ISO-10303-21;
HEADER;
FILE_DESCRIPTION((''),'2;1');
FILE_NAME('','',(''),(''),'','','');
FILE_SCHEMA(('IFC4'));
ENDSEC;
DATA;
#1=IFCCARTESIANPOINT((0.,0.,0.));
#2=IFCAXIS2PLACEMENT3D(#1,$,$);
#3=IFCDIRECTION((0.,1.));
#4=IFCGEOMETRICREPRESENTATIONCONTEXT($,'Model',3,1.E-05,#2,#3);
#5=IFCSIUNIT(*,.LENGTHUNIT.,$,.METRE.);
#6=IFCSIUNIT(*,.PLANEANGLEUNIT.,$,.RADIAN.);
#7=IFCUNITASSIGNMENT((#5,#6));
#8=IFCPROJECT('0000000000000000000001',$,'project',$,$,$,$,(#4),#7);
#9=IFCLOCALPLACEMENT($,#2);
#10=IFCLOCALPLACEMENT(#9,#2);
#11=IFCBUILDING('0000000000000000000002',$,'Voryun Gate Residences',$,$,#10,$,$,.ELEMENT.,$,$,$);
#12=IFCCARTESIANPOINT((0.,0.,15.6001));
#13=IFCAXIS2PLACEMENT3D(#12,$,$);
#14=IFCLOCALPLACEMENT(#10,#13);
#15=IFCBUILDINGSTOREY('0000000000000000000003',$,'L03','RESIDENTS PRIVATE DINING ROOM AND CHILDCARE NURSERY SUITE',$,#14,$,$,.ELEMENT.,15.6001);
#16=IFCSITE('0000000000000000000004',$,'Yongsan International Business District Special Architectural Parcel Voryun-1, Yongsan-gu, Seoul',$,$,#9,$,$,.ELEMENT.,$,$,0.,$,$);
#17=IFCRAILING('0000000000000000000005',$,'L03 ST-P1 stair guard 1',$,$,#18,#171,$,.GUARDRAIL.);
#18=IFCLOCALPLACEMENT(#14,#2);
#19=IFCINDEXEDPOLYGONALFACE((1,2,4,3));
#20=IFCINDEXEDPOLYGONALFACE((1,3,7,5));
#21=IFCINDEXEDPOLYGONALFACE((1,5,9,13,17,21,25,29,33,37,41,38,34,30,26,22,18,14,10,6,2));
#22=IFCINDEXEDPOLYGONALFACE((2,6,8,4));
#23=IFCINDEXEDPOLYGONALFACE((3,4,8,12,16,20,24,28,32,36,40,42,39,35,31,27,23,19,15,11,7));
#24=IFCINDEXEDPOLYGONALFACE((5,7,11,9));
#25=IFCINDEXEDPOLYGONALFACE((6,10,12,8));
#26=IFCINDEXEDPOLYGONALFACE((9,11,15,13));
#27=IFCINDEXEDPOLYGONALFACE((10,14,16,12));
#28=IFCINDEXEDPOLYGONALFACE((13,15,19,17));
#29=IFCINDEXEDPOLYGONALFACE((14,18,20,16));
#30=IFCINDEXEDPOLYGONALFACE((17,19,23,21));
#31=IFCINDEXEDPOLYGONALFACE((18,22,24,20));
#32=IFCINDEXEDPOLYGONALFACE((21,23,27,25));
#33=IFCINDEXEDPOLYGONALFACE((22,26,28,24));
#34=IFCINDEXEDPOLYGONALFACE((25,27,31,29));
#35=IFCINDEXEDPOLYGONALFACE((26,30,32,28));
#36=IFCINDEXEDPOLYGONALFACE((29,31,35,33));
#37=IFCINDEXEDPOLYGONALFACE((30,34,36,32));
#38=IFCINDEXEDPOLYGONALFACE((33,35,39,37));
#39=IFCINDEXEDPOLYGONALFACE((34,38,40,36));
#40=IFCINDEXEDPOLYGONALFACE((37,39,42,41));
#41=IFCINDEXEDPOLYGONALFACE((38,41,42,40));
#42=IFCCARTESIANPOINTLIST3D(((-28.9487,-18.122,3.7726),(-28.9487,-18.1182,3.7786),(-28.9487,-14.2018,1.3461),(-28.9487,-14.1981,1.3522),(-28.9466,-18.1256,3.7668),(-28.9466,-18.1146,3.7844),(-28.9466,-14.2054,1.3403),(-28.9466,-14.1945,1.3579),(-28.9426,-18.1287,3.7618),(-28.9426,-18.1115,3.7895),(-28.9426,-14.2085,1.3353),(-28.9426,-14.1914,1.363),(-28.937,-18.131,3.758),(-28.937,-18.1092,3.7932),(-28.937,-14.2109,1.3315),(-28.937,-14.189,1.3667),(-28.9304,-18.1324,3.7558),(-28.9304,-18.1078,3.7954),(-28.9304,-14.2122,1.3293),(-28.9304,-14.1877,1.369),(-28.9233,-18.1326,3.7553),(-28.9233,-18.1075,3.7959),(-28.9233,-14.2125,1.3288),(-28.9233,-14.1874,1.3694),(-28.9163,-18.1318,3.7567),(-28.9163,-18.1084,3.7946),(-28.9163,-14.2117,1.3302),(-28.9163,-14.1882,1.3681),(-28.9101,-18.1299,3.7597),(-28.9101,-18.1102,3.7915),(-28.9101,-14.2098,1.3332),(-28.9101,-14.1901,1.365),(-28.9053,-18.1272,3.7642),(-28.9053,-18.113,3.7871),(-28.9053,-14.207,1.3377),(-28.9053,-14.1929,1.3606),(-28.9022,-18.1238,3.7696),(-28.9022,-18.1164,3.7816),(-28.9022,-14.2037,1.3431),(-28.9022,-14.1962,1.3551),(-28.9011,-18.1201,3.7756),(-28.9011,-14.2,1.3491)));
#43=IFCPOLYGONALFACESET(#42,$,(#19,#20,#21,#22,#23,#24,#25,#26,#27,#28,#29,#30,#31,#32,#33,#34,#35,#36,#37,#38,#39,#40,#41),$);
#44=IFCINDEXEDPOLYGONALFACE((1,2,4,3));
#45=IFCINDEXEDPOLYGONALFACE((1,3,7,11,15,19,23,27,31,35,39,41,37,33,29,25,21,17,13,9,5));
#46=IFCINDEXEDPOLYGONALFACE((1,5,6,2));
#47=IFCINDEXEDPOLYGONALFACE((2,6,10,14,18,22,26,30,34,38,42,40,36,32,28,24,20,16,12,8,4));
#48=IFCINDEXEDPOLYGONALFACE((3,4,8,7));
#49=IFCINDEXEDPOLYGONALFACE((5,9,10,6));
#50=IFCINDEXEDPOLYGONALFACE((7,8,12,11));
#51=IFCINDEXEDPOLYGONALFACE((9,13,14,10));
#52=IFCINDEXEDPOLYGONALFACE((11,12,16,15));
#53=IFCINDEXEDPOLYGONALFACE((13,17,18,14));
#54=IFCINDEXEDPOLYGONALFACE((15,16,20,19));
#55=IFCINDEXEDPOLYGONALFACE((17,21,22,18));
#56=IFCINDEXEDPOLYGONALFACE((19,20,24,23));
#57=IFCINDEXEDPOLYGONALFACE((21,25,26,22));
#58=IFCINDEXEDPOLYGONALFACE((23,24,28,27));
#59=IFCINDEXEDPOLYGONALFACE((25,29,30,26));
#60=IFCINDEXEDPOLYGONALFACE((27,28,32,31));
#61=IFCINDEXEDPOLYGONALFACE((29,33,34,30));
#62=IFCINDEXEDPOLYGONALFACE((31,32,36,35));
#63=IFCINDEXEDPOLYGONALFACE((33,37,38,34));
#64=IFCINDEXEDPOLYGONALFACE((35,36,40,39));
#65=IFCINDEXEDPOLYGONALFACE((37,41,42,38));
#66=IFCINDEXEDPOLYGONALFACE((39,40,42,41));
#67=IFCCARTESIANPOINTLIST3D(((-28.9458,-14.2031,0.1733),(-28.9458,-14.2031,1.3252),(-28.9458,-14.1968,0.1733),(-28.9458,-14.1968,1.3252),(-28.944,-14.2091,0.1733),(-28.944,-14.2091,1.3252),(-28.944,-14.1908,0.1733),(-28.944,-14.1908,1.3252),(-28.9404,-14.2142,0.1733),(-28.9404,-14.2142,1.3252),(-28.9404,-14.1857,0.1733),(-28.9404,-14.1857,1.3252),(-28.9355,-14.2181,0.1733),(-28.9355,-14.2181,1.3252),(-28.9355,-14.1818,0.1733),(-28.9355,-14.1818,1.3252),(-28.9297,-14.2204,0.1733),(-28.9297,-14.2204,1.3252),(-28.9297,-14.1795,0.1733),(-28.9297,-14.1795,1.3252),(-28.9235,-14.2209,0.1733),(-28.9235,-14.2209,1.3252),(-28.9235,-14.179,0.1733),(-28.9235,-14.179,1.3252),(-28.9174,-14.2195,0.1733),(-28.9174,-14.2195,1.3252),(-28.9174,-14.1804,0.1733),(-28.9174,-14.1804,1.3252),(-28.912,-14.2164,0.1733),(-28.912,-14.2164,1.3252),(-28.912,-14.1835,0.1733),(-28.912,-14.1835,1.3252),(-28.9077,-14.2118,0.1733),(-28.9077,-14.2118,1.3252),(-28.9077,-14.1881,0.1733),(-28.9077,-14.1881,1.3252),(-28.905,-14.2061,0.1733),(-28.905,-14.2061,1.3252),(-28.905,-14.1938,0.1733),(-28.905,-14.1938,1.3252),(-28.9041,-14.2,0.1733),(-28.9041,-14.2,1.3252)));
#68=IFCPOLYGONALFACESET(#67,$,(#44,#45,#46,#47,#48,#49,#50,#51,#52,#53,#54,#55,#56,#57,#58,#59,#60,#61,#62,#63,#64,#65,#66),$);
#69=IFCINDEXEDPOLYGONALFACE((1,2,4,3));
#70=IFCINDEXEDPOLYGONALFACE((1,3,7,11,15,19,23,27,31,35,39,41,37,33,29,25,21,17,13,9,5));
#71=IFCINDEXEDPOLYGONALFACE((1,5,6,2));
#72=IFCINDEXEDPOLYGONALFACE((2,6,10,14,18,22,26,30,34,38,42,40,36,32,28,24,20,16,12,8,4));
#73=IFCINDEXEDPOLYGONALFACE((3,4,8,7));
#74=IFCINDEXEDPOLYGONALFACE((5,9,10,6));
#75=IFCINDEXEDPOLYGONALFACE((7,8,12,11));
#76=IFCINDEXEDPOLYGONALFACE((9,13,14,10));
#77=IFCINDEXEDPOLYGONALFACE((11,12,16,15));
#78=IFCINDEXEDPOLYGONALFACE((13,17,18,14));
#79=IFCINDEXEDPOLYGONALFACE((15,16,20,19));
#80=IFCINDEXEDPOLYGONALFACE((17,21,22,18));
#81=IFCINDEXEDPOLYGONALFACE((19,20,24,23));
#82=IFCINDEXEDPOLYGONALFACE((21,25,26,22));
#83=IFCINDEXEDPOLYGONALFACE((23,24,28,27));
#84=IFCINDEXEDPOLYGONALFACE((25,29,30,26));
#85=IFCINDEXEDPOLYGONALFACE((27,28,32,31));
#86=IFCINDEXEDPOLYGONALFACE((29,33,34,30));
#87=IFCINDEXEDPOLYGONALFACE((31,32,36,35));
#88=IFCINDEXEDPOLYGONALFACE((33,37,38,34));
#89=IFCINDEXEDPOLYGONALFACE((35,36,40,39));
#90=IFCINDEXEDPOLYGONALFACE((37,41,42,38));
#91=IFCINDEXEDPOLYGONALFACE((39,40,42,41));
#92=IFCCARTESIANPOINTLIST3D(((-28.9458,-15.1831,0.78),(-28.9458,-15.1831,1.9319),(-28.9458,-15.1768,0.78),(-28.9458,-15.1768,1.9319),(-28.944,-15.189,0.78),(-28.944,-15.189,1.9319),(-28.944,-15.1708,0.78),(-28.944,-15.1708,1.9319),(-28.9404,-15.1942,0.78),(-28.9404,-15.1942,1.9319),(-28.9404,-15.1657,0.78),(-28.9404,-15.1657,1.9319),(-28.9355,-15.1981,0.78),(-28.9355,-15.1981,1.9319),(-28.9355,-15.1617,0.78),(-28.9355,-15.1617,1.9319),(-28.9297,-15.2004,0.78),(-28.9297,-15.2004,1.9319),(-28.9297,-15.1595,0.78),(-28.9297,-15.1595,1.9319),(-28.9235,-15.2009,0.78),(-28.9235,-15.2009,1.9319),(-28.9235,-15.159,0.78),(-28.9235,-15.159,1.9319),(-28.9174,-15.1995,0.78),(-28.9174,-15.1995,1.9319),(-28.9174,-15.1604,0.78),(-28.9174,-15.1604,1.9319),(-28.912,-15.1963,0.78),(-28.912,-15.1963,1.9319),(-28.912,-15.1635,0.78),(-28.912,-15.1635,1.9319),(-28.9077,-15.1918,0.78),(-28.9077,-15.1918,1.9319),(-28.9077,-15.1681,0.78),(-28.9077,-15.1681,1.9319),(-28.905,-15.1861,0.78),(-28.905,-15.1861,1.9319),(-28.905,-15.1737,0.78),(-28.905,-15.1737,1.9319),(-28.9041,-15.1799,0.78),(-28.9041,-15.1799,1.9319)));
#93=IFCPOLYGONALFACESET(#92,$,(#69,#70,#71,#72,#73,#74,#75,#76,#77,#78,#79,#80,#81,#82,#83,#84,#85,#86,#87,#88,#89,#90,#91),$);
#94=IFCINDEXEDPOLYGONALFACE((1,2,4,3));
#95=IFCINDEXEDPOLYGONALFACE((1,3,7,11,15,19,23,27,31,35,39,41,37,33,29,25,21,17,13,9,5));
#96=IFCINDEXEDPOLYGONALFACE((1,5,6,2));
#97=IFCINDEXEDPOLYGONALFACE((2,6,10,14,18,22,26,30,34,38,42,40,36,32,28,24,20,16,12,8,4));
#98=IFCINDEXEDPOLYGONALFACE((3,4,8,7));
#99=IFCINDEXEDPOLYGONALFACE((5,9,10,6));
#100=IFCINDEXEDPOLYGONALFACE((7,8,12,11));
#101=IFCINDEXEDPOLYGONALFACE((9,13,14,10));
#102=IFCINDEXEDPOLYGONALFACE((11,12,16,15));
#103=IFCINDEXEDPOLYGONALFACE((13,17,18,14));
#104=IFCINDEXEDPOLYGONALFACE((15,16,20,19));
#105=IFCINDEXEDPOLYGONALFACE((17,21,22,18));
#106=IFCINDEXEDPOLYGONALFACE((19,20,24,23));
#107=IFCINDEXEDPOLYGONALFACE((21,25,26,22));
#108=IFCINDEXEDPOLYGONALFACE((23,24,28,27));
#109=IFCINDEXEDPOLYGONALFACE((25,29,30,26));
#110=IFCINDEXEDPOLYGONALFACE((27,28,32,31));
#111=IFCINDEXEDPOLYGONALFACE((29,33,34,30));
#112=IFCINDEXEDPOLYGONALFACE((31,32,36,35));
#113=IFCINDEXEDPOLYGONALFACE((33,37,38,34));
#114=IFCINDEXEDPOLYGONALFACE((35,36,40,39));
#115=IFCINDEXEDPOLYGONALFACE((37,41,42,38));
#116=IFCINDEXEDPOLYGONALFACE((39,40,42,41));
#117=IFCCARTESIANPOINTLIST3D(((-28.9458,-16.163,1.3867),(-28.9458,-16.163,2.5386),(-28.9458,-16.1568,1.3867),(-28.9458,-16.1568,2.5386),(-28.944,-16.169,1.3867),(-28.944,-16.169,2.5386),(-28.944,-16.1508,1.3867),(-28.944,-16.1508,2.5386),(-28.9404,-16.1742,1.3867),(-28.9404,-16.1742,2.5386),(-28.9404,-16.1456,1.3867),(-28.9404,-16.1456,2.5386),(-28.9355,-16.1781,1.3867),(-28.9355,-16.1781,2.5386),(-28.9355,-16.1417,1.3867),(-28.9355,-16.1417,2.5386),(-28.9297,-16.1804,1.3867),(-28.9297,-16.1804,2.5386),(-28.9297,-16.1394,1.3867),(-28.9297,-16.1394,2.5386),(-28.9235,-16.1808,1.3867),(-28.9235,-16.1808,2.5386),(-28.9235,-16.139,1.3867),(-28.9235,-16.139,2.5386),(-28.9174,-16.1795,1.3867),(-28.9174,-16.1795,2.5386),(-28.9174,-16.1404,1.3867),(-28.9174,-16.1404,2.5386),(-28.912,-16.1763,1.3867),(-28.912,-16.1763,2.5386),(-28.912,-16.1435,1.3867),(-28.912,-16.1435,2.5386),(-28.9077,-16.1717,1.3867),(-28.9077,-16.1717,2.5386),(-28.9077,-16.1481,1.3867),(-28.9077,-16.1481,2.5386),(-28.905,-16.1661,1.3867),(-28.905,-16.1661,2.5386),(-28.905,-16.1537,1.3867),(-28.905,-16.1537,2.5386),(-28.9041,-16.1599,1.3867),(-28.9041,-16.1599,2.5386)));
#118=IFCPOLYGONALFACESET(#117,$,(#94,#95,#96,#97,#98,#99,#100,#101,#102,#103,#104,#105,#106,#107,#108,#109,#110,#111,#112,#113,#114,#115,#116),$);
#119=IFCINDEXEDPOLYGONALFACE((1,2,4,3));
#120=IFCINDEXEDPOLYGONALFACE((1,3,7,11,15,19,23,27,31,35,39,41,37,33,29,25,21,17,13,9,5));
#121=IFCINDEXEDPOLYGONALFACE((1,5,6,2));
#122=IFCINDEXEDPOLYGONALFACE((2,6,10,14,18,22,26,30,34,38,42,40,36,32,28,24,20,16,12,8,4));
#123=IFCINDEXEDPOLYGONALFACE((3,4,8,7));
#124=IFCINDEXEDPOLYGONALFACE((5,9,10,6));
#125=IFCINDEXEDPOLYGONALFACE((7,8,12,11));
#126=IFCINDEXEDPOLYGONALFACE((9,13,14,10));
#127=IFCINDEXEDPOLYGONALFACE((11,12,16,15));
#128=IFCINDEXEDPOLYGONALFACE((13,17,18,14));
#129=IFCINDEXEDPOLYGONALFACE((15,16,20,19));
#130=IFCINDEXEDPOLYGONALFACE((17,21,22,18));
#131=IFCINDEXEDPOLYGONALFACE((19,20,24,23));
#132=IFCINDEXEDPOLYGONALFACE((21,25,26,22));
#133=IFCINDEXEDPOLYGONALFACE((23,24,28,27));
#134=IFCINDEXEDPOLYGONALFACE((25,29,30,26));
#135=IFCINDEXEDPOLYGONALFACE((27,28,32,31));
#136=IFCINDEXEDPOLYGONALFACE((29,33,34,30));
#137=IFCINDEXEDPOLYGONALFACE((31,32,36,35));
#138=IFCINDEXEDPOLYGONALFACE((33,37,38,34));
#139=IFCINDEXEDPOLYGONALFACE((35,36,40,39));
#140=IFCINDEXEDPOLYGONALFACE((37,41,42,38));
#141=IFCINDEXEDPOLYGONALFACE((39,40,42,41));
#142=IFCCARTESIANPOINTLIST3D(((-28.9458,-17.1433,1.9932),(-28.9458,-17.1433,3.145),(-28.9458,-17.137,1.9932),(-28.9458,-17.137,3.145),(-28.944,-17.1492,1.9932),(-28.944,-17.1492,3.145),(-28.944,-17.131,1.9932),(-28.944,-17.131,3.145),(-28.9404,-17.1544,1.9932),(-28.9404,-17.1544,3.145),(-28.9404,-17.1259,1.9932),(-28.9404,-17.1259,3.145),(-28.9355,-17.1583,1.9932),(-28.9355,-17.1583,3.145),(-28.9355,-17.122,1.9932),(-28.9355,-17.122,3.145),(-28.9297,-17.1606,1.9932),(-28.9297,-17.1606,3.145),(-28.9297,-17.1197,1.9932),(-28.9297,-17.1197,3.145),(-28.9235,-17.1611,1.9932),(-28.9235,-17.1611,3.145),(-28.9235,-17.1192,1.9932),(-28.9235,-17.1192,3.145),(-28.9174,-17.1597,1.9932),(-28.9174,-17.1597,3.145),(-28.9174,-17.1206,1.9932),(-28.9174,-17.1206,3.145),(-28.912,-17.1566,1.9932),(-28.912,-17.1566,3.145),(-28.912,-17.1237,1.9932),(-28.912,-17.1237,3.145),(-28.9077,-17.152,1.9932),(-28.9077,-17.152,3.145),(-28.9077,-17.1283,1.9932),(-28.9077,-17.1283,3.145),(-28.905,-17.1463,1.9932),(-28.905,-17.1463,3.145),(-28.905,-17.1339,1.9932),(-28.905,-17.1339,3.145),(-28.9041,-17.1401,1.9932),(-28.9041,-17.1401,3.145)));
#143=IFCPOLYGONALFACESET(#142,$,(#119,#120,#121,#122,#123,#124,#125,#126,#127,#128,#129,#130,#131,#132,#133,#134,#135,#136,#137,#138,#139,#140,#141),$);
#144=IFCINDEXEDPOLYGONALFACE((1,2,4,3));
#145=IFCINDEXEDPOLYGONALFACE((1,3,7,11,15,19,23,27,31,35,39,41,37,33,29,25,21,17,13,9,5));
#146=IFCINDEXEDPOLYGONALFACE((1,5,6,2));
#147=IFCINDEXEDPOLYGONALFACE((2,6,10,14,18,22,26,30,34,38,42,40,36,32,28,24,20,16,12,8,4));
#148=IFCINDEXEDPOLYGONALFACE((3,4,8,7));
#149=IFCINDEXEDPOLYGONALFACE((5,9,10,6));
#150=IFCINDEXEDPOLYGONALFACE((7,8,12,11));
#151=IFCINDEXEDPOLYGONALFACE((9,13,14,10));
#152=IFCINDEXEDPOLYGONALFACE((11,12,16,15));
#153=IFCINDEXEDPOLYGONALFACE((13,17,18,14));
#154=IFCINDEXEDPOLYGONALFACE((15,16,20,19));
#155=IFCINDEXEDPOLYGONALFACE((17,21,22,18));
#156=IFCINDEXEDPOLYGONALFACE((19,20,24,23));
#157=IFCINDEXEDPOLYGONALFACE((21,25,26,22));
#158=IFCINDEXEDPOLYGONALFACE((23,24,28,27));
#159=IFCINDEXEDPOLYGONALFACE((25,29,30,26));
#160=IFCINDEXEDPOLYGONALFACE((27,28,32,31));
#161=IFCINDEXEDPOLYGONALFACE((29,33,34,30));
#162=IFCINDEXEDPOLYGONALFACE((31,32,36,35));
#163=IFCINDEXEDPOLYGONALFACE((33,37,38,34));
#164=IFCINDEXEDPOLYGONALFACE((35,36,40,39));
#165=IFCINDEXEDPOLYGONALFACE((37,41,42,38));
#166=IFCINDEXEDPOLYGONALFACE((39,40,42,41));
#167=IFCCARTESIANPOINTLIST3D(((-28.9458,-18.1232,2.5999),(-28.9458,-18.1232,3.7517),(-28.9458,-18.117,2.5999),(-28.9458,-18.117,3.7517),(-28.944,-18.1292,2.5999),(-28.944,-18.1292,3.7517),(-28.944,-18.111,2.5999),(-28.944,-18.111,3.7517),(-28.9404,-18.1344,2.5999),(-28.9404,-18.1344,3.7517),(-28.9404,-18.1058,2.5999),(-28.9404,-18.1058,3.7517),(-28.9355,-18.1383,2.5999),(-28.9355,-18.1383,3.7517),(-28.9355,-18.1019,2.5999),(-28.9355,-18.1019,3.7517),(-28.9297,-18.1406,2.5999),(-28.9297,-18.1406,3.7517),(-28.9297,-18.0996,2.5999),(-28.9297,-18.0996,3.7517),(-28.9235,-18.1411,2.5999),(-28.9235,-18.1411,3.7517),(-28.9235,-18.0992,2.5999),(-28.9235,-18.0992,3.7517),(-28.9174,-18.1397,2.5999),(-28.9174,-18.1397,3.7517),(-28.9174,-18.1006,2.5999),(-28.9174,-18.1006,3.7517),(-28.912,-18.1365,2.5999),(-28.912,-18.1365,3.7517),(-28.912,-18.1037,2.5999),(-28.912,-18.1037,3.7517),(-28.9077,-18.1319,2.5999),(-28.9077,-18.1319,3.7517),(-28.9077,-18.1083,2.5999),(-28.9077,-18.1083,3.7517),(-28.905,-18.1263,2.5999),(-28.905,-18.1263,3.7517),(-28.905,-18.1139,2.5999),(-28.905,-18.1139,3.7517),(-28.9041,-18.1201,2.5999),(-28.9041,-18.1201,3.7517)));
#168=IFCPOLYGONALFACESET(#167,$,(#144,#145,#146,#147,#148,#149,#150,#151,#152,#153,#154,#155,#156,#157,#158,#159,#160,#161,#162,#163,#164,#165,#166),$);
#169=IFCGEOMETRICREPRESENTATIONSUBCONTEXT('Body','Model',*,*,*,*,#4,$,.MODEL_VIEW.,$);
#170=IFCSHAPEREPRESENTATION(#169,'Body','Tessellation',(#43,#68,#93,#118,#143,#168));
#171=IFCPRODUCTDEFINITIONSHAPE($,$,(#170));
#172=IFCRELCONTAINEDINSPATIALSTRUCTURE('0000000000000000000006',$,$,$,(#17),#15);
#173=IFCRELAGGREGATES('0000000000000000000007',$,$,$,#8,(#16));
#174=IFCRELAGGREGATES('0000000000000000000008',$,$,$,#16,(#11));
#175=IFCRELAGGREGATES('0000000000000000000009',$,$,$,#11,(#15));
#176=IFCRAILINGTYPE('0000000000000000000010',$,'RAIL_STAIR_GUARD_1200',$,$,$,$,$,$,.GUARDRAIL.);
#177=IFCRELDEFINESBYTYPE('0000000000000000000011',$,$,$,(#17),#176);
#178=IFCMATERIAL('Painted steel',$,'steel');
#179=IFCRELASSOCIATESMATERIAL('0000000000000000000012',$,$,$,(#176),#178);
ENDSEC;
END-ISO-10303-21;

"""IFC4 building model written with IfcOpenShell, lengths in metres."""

from ifc_helpers import new_model, si_unit, direction, frame, origin, origin_2d, place, context, subcontext, project, spatial, circle, extrude, material, type_object, element, save


model = new_model("IFC4")

# Units and contexts
model_context = context("Model", 3, precision=1e-05, world=origin(), true_north=direction((0.0, 1.0)))
body_context = subcontext(model_context, "Body", "Model", "MODEL_VIEW")
ifc_project = project(units=[si_unit("LENGTHUNIT", "METRE"), si_unit("PLANEANGLEUNIT", "RADIAN")], contexts=[model_context])

# Site, building, storey
site_placement = place(None, origin())
site = spatial("IfcSite", under=ifc_project, at=site_placement, Name="Yongsan International Business District Special Architectural Parcel Voryun-1, Yongsan-gu, Seoul", CompositionType="ELEMENT", RefElevation=0.0)
building_placement = place(site_placement, origin())
building = spatial("IfcBuilding", under=site, at=building_placement, Name="Voryun Gate Residences", CompositionType="ELEMENT")
storey_placement = place(building_placement, frame((0.0, 0.0, 15.6001)))
storey = spatial("IfcBuildingStorey", under=building, at=storey_placement, Name="L03", Description="RESIDENTS PRIVATE DINING ROOM AND CHILDCARE NURSERY SUITE", CompositionType="ELEMENT", Elevation=15.6001)

# Railing
ifc_material_1 = material(Name="Painted steel", Category="steel")
railing_type = type_object("IfcRailingType", Name="RAIL_STAIR_GUARD_1200", PredefinedType="GUARDRAIL", material=ifc_material_1)
railing_1_placement = place(storey_placement, frame((-28.925, -14.2, 0.1733)))
element("IfcRailing", 1, at=railing_1_placement, inside=storey, type_object=railing_type, Name="L03 ST-P1 stair guard 1", PredefinedType="GUARDRAIL", context=body_context, shape_type="SweptSolid", body=[
    extrude(circle(Radius=0.0239, at=origin_2d()), frame((0.0, 0.0, 1.1758), z_axis=(0.0, -0.85029, 0.526315), x_axis=(1.0, 0.0, 0.0)), (0.0, 0.0, 1.0), 4.6104),
    extrude(circle(Radius=0.021, at=origin_2d()), origin(), (0.0, 0.0, 1.0), 1.1519),
    extrude(circle(Radius=0.021, at=origin_2d()), frame((0.0, -0.98, 0.6067)), (0.0, 0.0, 1.0), 1.1519),
    extrude(circle(Radius=0.021, at=origin_2d()), frame((0.0, -1.96, 1.2134)), (0.0, 0.0, 1.0), 1.1519),
    extrude(circle(Radius=0.021, at=origin_2d()), frame((0.0, -2.9402, 1.8198)), (0.0, 0.0, 1.0), 1.1519),
    extrude(circle(Radius=0.021, at=origin_2d()), frame((0.0, -3.9202, 2.4265)), (0.0, 0.0, 1.0), 1.1519),
])

save(model, "model.ifc")
